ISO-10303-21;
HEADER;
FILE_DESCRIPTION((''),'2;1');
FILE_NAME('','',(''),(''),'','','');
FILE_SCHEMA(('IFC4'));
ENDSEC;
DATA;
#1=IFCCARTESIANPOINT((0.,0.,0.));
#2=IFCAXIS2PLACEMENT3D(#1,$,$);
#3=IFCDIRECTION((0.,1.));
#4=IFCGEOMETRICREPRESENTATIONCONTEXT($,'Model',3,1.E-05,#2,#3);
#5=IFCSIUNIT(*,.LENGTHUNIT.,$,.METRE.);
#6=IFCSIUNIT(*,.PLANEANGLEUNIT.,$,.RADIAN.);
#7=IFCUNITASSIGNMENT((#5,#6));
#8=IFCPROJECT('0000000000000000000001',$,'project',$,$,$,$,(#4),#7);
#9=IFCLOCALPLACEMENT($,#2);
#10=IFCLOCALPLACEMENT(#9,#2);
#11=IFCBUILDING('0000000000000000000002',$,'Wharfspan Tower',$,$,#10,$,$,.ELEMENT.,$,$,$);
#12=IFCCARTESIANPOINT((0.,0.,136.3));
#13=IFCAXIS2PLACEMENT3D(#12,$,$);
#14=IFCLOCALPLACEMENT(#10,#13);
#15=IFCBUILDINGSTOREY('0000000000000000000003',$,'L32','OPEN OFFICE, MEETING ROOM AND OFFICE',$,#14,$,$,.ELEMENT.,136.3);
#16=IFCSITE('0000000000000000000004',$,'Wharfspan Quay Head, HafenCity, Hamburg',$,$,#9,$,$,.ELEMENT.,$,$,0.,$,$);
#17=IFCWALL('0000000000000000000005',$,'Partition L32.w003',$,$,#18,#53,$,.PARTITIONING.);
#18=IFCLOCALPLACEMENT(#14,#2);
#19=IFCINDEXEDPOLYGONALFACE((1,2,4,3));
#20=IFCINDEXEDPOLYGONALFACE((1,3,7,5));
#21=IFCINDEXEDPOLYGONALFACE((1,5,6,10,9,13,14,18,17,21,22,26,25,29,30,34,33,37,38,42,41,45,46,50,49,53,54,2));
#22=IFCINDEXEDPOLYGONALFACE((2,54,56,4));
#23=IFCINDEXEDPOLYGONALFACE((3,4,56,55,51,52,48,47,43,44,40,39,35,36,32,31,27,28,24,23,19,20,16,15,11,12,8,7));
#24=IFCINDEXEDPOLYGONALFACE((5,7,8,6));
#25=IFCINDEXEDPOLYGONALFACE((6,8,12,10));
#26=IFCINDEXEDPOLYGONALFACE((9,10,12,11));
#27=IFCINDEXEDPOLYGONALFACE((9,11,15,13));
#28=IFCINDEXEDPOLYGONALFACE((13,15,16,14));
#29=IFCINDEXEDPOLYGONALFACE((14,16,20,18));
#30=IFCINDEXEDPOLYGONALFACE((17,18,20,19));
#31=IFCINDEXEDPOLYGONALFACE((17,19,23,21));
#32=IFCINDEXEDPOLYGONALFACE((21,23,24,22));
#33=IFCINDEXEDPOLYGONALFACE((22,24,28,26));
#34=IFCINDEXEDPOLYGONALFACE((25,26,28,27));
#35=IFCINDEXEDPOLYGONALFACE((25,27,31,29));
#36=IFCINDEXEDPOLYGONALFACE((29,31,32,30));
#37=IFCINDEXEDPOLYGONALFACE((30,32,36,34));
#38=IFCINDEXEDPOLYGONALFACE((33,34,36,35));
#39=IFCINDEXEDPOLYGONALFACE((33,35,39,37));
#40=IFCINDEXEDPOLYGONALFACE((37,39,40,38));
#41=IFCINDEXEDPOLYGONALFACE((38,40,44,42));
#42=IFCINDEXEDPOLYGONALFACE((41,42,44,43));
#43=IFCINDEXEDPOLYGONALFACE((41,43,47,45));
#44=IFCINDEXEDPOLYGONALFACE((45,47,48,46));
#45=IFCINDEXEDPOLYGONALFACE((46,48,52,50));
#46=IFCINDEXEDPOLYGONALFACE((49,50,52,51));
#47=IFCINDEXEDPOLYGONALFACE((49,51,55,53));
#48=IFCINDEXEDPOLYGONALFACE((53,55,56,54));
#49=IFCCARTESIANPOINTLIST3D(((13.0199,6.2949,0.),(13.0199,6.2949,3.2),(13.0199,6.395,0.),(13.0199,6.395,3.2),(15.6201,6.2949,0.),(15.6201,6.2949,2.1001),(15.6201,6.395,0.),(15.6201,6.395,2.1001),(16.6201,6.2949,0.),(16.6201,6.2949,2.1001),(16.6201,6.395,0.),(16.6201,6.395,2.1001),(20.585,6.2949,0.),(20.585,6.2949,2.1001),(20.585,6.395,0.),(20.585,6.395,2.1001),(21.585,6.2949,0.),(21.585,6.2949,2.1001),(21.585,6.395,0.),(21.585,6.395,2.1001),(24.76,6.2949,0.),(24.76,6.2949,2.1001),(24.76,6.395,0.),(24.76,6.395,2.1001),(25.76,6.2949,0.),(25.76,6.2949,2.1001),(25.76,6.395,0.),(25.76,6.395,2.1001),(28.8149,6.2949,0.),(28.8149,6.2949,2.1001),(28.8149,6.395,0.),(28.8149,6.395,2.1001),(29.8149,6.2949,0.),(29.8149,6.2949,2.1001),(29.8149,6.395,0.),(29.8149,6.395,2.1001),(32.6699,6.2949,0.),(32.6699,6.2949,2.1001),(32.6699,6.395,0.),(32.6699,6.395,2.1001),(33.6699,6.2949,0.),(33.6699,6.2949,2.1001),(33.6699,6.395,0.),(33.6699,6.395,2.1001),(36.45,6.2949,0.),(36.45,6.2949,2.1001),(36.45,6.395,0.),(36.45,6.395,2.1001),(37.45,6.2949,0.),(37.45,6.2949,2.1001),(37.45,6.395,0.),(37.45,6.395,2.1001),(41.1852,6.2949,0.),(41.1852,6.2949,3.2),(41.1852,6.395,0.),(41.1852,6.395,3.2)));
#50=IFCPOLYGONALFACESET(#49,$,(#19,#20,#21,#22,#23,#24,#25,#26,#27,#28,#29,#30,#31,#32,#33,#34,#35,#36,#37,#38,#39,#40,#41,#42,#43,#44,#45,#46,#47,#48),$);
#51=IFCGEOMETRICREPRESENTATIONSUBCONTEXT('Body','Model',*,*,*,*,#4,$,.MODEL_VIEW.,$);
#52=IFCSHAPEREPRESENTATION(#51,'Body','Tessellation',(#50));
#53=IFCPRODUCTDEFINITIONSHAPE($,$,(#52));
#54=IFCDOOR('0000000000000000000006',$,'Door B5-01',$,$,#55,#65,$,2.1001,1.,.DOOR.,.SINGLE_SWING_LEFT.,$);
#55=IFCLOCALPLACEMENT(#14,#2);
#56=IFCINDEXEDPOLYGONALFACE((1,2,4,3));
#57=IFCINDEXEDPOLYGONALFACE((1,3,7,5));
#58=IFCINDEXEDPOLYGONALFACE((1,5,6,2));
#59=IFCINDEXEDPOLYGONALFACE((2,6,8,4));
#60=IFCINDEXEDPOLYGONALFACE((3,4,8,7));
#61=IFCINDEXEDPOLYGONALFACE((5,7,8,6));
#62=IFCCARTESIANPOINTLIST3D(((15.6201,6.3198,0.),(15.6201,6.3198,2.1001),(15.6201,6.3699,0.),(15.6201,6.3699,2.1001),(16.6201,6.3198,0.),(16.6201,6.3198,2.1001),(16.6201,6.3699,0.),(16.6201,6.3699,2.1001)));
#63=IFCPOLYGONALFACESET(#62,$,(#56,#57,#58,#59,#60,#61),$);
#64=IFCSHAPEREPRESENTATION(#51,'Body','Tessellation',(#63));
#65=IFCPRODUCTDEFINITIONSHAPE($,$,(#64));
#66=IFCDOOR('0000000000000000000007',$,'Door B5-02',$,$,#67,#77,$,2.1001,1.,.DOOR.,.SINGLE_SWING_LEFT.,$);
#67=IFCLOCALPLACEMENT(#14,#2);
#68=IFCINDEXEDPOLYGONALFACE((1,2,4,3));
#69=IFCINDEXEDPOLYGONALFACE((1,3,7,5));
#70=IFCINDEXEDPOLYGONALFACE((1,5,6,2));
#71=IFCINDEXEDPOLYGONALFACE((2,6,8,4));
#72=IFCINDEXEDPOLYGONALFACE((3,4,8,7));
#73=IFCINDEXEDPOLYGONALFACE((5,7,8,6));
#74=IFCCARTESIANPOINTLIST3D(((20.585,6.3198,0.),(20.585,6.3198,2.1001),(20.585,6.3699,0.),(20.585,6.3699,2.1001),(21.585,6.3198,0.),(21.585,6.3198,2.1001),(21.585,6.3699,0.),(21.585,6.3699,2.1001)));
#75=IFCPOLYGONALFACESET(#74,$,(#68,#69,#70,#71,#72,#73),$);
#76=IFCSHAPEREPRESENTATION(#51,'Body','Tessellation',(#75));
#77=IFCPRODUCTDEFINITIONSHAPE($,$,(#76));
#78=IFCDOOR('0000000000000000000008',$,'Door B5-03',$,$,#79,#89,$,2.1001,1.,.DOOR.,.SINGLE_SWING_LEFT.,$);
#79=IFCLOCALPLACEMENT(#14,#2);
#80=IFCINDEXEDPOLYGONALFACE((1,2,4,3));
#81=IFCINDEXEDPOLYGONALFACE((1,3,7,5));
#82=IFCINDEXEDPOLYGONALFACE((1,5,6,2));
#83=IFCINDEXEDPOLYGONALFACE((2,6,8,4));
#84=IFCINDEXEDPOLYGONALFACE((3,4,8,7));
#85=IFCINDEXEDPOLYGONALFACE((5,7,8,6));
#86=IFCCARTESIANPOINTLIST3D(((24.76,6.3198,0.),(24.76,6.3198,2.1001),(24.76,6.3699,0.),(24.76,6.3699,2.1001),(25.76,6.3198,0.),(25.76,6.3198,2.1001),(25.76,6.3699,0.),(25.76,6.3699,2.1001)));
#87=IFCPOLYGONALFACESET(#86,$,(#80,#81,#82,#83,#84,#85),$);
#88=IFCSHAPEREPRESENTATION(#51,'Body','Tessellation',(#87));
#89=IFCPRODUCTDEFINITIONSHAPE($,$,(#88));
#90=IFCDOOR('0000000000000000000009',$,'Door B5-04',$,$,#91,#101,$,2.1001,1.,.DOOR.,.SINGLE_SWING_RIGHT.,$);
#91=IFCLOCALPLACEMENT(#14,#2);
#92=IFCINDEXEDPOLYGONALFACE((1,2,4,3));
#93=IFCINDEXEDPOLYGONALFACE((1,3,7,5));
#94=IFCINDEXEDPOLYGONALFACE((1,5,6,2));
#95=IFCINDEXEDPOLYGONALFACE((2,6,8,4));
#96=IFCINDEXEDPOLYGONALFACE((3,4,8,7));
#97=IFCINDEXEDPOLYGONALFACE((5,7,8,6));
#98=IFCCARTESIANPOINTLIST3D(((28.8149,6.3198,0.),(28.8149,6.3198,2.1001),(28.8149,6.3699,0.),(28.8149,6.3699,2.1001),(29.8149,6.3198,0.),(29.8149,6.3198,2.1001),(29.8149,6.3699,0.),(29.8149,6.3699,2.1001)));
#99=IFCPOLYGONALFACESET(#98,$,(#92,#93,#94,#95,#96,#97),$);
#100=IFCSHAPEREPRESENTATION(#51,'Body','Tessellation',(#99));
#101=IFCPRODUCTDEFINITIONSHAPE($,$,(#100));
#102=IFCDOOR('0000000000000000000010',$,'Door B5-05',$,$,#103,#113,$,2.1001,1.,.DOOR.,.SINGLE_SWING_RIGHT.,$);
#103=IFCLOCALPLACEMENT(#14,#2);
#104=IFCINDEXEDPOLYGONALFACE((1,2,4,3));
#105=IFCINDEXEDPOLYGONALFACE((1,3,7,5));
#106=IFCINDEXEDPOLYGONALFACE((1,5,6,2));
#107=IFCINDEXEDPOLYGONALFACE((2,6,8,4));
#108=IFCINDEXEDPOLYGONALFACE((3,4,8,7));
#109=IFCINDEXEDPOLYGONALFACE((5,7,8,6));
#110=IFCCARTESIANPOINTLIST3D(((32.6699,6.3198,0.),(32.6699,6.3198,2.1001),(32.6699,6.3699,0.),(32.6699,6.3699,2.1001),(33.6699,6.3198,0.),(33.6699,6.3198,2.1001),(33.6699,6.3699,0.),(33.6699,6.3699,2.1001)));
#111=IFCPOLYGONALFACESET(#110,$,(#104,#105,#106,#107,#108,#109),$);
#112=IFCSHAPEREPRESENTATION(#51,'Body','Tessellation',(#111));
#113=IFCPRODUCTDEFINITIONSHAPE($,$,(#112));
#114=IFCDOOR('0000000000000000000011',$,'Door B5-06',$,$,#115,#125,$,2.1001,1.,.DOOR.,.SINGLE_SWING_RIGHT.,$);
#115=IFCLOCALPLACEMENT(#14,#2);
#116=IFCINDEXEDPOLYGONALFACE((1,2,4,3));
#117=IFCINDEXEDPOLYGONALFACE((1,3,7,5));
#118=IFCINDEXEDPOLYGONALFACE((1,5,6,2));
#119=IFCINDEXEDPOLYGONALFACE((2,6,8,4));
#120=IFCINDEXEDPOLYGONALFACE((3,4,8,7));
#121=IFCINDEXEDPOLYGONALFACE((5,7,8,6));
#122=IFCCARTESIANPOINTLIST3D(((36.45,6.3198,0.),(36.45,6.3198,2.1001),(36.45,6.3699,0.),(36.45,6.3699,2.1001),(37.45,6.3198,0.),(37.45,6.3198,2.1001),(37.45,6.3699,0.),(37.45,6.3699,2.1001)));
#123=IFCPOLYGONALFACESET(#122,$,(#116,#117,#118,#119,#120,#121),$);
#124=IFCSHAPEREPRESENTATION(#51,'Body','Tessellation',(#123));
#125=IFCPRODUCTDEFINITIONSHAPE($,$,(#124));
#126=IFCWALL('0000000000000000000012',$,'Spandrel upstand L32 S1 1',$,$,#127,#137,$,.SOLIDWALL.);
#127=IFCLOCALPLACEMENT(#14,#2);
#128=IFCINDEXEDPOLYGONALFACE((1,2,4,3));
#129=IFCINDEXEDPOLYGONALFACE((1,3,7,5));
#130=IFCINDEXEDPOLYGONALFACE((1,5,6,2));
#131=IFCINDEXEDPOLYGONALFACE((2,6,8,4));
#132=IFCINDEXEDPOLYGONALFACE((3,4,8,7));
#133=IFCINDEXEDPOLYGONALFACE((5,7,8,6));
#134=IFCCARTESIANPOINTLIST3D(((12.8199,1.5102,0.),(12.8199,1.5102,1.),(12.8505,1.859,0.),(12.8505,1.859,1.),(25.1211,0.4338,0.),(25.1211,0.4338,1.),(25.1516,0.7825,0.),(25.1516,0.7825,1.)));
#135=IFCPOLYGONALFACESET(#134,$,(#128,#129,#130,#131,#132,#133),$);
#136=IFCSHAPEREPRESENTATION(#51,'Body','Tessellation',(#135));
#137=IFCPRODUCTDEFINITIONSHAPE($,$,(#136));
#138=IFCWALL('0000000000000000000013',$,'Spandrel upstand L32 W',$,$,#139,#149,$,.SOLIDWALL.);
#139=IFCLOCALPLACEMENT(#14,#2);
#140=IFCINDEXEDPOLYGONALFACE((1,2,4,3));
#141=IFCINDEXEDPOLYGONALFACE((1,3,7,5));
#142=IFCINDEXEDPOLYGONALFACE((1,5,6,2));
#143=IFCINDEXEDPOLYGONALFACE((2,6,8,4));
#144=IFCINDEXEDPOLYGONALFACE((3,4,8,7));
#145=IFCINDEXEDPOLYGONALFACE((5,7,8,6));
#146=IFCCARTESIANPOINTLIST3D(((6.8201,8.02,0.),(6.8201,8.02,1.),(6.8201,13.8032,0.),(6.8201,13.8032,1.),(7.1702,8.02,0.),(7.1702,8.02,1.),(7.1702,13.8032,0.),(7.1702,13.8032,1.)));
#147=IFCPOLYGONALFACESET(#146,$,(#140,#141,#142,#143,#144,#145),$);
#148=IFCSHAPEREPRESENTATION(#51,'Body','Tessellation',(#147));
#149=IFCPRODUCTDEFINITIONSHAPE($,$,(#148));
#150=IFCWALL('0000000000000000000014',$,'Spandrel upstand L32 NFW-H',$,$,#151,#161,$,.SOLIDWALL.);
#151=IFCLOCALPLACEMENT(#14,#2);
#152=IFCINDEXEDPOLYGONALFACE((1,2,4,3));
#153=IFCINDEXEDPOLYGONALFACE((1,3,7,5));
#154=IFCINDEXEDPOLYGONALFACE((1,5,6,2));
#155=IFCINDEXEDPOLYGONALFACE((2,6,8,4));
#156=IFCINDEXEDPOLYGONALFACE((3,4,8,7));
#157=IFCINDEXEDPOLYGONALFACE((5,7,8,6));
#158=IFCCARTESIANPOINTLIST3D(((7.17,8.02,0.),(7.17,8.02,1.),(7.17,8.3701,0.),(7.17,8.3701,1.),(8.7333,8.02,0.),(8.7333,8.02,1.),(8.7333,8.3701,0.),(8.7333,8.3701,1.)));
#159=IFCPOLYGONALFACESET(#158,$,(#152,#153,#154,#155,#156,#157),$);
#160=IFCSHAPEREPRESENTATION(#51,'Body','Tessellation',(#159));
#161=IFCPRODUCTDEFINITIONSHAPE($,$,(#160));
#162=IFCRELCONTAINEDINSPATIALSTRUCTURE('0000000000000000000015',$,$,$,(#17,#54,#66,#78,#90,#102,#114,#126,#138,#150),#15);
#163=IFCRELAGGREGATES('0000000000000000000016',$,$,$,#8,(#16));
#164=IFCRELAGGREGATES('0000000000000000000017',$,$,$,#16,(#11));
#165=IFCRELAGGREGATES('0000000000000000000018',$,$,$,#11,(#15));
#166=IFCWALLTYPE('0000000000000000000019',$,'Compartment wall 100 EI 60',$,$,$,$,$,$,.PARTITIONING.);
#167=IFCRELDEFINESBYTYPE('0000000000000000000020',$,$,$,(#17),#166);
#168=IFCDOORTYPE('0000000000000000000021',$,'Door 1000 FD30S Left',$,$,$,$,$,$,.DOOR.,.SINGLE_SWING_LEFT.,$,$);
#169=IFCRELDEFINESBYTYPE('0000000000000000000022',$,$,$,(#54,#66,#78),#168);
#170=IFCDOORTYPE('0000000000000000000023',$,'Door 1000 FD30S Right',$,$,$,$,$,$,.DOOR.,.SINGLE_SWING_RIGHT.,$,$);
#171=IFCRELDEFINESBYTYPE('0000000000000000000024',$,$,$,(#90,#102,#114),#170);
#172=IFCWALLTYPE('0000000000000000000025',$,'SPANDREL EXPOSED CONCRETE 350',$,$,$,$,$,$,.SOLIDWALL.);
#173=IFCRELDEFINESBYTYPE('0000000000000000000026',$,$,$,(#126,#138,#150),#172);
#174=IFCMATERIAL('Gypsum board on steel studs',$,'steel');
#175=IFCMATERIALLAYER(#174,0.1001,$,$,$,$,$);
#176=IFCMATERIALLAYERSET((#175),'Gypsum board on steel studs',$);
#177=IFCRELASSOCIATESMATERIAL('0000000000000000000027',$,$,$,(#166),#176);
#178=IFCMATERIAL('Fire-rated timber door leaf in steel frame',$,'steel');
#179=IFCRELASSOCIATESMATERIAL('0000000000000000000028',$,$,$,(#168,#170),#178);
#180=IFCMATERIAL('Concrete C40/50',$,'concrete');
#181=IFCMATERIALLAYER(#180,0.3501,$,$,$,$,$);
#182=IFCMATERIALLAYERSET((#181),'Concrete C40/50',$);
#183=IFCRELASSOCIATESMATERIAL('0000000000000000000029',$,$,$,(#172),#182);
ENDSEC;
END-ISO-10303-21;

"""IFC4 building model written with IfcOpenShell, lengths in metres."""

from ifc_helpers import new_model, si_unit, direction, frame, frame_2d, origin, place, context, subcontext, project, spatial, rectangle, extrude, material, layer, layer_set, type_object, element, fill, save


model = new_model("IFC4")

# Units and contexts
model_context = context("Model", 3, precision=1e-05, world=origin(), true_north=direction((0.0, 1.0)))
body_context = subcontext(model_context, "Body", "Model", "MODEL_VIEW")
ifc_project = project(units=[si_unit("LENGTHUNIT", "METRE"), si_unit("PLANEANGLEUNIT", "RADIAN")], contexts=[model_context])

# Site, building, storey
site_placement = place(None, origin())
site = spatial("IfcSite", under=ifc_project, at=site_placement, Name="Wharfspan Quay Head, HafenCity, Hamburg", CompositionType="ELEMENT", RefElevation=0.0)
building_placement = place(site_placement, origin())
building = spatial("IfcBuilding", under=site, at=building_placement, Name="Wharfspan Tower", CompositionType="ELEMENT")
storey_placement = place(building_placement, frame((0.0, 0.0, 136.3)))
storey = spatial("IfcBuildingStorey", under=building, at=storey_placement, Name="L32", Description="OPEN OFFICE, MEETING ROOM AND OFFICE", CompositionType="ELEMENT", Elevation=136.3)

# Shared definitions
ifc_material_1 = material(Name="Concrete C40/50", Category="concrete")

# Shared definitions
ifc_material_2 = material(Name="Gypsum board on steel studs", Category="steel")
ifc_layer_1 = layer(ifc_material_2, 0.1001)
ifc_layer_set_1 = layer_set([ifc_layer_1], Name="Gypsum board on steel studs")
wall_type_1 = type_object("IfcWallType", Name="Compartment wall 100 EI 60", PredefinedType="PARTITIONING", material=ifc_layer_set_1)

# Wall, openings, doors
wall_1_placement = place(storey_placement, frame((13.02, 6.345, 0.0), z_axis=(0.0, 0.0, 1.0), x_axis=(1.0, 0.0, 0.0)))
wall_1 = element("IfcWall", 1, at=wall_1_placement, inside=storey, type_object=wall_type_1, Name="Partition L32.w003", PredefinedType="PARTITIONING", context=body_context, shape_type="SweptSolid", body=[
    extrude(rectangle(XDim=28.1653, YDim=0.1001, at=frame_2d((14.0825, 0.0))), origin(), (0.0, 0.0, 1.0), 3.2),
])
opening_1_placement = place(wall_1_placement, frame((2.6001, 0.0, 0.0)))
opening_1 = element("IfcOpeningElement", 2, at=opening_1_placement, cuts=wall_1, PredefinedType="OPENING", context=body_context, shape_type="SweptSolid", body=[
    extrude(rectangle(XDim=1.0, YDim=2.1001, at=frame_2d((0.5, 1.05))), frame((0.0, 0.0601, 0.0), z_axis=(0.0, -1.0, 0.0), x_axis=(1.0, 0.0, 0.0)), (0.0, 0.0, 1.0), 0.1201),
])
opening_2_placement = place(wall_1_placement, frame((7.5649, 0.0, 0.0)))
opening_2 = element("IfcOpeningElement", 3, at=opening_2_placement, cuts=wall_1, PredefinedType="OPENING", context=body_context, shape_type="SweptSolid", body=[
    extrude(rectangle(XDim=1.0, YDim=2.1001, at=frame_2d((0.5, 1.05))), frame((0.0, 0.0601, 0.0), z_axis=(0.0, -1.0, 0.0), x_axis=(1.0, 0.0, 0.0)), (0.0, 0.0, 1.0), 0.1201),
])
opening_3_placement = place(wall_1_placement, frame((11.74, 0.0, 0.0)))
opening_3 = element("IfcOpeningElement", 4, at=opening_3_placement, cuts=wall_1, PredefinedType="OPENING", context=body_context, shape_type="SweptSolid", body=[
    extrude(rectangle(XDim=1.0, YDim=2.1001, at=frame_2d((0.5, 1.05))), frame((0.0, 0.0601, 0.0), z_axis=(0.0, -1.0, 0.0), x_axis=(1.0, 0.0, 0.0)), (0.0, 0.0, 1.0), 0.1201),
])
opening_4_placement = place(wall_1_placement, frame((15.7949, 0.0, 0.0)))
opening_4 = element("IfcOpeningElement", 5, at=opening_4_placement, cuts=wall_1, PredefinedType="OPENING", context=body_context, shape_type="SweptSolid", body=[
    extrude(rectangle(XDim=1.0, YDim=2.1001, at=frame_2d((0.5, 1.05))), frame((0.0, 0.0601, 0.0), z_axis=(0.0, -1.0, 0.0), x_axis=(1.0, 0.0, 0.0)), (0.0, 0.0, 1.0), 0.1201),
])
opening_5_placement = place(wall_1_placement, frame((19.6499, 0.0, 0.0)))
opening_5 = element("IfcOpeningElement", 6, at=opening_5_placement, cuts=wall_1, PredefinedType="OPENING", context=body_context, shape_type="SweptSolid", body=[
    extrude(rectangle(XDim=1.0, YDim=2.1001, at=frame_2d((0.5, 1.05))), frame((0.0, 0.0601, 0.0), z_axis=(0.0, -1.0, 0.0), x_axis=(1.0, 0.0, 0.0)), (0.0, 0.0, 1.0), 0.1201),
])
opening_6_placement = place(wall_1_placement, frame((23.4299, 0.0, 0.0)))
opening_6 = element("IfcOpeningElement", 7, at=opening_6_placement, cuts=wall_1, PredefinedType="OPENING", context=body_context, shape_type="SweptSolid", body=[
    extrude(rectangle(XDim=1.0, YDim=2.1001, at=frame_2d((0.5, 1.05))), frame((0.0, 0.0601, 0.0), z_axis=(0.0, -1.0, 0.0), x_axis=(1.0, 0.0, 0.0)), (0.0, 0.0, 1.0), 0.1201),
])
ifc_material_3 = material(Name="Fire-rated timber door leaf in steel frame", Category="steel")
door_type_1 = type_object("IfcDoorType", Name="Door 1000 FD30S Left", OperationType="SINGLE_SWING_LEFT", PredefinedType="DOOR", material=ifc_material_3)
door_1_placement = place(opening_1_placement, origin())
door_1 = element("IfcDoor", 8, at=door_1_placement, inside=storey, type_object=door_type_1, Name="Door B5-01", OperationType="SINGLE_SWING_LEFT", OverallHeight=2.1001, OverallWidth=1.0, PredefinedType="DOOR", context=body_context, shape_type="SweptSolid", body=[
    extrude(rectangle(XDim=1.0, YDim=2.1001, at=frame_2d((0.5, 1.05))), frame((0.0, 0.0249, 0.0), z_axis=(0.0, -1.0, 0.0), x_axis=(1.0, 0.0, 0.0)), (0.0, 0.0, 1.0), 0.05),
])
fill(opening_1, door_1)
door_2_placement = place(opening_2_placement, origin())
door_2 = element("IfcDoor", 9, at=door_2_placement, inside=storey, type_object=door_type_1, Name="Door B5-02", OperationType="SINGLE_SWING_LEFT", OverallHeight=2.1001, OverallWidth=1.0, PredefinedType="DOOR", context=body_context, shape_type="SweptSolid", body=[
    extrude(rectangle(XDim=1.0, YDim=2.1001, at=frame_2d((0.5, 1.05))), frame((0.0, 0.0249, 0.0), z_axis=(0.0, -1.0, 0.0), x_axis=(1.0, 0.0, 0.0)), (0.0, 0.0, 1.0), 0.05),
])
fill(opening_2, door_2)
door_3_placement = place(opening_3_placement, origin())
door_3 = element("IfcDoor", 10, at=door_3_placement, inside=storey, type_object=door_type_1, Name="Door B5-03", OperationType="SINGLE_SWING_LEFT", OverallHeight=2.1001, OverallWidth=1.0, PredefinedType="DOOR", context=body_context, shape_type="SweptSolid", body=[
    extrude(rectangle(XDim=1.0, YDim=2.1001, at=frame_2d((0.5, 1.05))), frame((0.0, 0.0249, 0.0), z_axis=(0.0, -1.0, 0.0), x_axis=(1.0, 0.0, 0.0)), (0.0, 0.0, 1.0), 0.05),
])
fill(opening_3, door_3)
door_type_2 = type_object("IfcDoorType", Name="Door 1000 FD30S Right", OperationType="SINGLE_SWING_RIGHT", PredefinedType="DOOR", material=ifc_material_3)
door_4_placement = place(opening_4_placement, origin())
door_4 = element("IfcDoor", 11, at=door_4_placement, inside=storey, type_object=door_type_2, Name="Door B5-04", OperationType="SINGLE_SWING_RIGHT", OverallHeight=2.1001, OverallWidth=1.0, PredefinedType="DOOR", context=body_context, shape_type="SweptSolid", body=[
    extrude(rectangle(XDim=1.0, YDim=2.1001, at=frame_2d((0.5, 1.05))), frame((0.0, 0.0249, 0.0), z_axis=(0.0, -1.0, 0.0), x_axis=(1.0, 0.0, 0.0)), (0.0, 0.0, 1.0), 0.05),
])
fill(opening_4, door_4)
door_5_placement = place(opening_5_placement, origin())
door_5 = element("IfcDoor", 12, at=door_5_placement, inside=storey, type_object=door_type_2, Name="Door B5-05", OperationType="SINGLE_SWING_RIGHT", OverallHeight=2.1001, OverallWidth=1.0, PredefinedType="DOOR", context=body_context, shape_type="SweptSolid", body=[
    extrude(rectangle(XDim=1.0, YDim=2.1001, at=frame_2d((0.5, 1.05))), frame((0.0, 0.0249, 0.0), z_axis=(0.0, -1.0, 0.0), x_axis=(1.0, 0.0, 0.0)), (0.0, 0.0, 1.0), 0.05),
])
fill(opening_5, door_5)
door_6_placement = place(opening_6_placement, origin())
door_6 = element("IfcDoor", 13, at=door_6_placement, inside=storey, type_object=door_type_2, Name="Door B5-06", OperationType="SINGLE_SWING_RIGHT", OverallHeight=2.1001, OverallWidth=1.0, PredefinedType="DOOR", context=body_context, shape_type="SweptSolid", body=[
    extrude(rectangle(XDim=1.0, YDim=2.1001, at=frame_2d((0.5, 1.05))), frame((0.0, 0.0249, 0.0), z_axis=(0.0, -1.0, 0.0), x_axis=(1.0, 0.0, 0.0)), (0.0, 0.0, 1.0), 0.05),
])
fill(opening_6, door_6)

# Walls
ifc_layer_2 = layer(ifc_material_1, 0.3501)
ifc_layer_set_2 = layer_set([ifc_layer_2], Name="Concrete C40/50")
wall_type_2 = type_object("IfcWallType", Name="SPANDREL EXPOSED CONCRETE 350", PredefinedType="SOLIDWALL", material=ifc_layer_set_2)
wall_2_placement = place(storey_placement, frame((12.8352, 1.6846, 0.0), z_axis=(0.0, 0.0, 1.0), x_axis=(0.996192, -0.087173, 0.0)))
element("IfcWall", 14, at=wall_2_placement, inside=storey, type_object=wall_type_2, Name="Spandrel upstand L32 S1 1", PredefinedType="SOLIDWALL", context=body_context, shape_type="SweptSolid", body=[
    extrude(rectangle(XDim=12.3481, YDim=0.3501, at=frame_2d((6.1741, 0.0))), origin(), (0.0, 0.0, 1.0), 1.0),
])
wall_3_placement = place(storey_placement, frame((6.9951, 13.8032, 0.0), z_axis=(0.0, 0.0, 1.0), x_axis=(0.0, -1.0, 0.0)))
element("IfcWall", 15, at=wall_3_placement, inside=storey, type_object=wall_type_2, Name="Spandrel upstand L32 W", PredefinedType="SOLIDWALL", context=body_context, shape_type="SweptSolid", body=[
    extrude(rectangle(XDim=5.7832, YDim=0.3501, at=frame_2d((2.8916, 0.0))), origin(), (0.0, 0.0, 1.0), 1.0),
])
wall_4_placement = place(storey_placement, frame((7.1699, 8.1951, 0.0), z_axis=(0.0, 0.0, 1.0), x_axis=(1.0, 0.0, 0.0)))
element("IfcWall", 16, at=wall_4_placement, inside=storey, type_object=wall_type_2, Name="Spandrel upstand L32 NFW-H", PredefinedType="SOLIDWALL", context=body_context, shape_type="SweptSolid", body=[
    extrude(rectangle(XDim=1.5632, YDim=0.3501, at=frame_2d((0.7817, 0.0))), origin(), (0.0, 0.0, 1.0), 1.0),
])

save(model, "model.ifc")
